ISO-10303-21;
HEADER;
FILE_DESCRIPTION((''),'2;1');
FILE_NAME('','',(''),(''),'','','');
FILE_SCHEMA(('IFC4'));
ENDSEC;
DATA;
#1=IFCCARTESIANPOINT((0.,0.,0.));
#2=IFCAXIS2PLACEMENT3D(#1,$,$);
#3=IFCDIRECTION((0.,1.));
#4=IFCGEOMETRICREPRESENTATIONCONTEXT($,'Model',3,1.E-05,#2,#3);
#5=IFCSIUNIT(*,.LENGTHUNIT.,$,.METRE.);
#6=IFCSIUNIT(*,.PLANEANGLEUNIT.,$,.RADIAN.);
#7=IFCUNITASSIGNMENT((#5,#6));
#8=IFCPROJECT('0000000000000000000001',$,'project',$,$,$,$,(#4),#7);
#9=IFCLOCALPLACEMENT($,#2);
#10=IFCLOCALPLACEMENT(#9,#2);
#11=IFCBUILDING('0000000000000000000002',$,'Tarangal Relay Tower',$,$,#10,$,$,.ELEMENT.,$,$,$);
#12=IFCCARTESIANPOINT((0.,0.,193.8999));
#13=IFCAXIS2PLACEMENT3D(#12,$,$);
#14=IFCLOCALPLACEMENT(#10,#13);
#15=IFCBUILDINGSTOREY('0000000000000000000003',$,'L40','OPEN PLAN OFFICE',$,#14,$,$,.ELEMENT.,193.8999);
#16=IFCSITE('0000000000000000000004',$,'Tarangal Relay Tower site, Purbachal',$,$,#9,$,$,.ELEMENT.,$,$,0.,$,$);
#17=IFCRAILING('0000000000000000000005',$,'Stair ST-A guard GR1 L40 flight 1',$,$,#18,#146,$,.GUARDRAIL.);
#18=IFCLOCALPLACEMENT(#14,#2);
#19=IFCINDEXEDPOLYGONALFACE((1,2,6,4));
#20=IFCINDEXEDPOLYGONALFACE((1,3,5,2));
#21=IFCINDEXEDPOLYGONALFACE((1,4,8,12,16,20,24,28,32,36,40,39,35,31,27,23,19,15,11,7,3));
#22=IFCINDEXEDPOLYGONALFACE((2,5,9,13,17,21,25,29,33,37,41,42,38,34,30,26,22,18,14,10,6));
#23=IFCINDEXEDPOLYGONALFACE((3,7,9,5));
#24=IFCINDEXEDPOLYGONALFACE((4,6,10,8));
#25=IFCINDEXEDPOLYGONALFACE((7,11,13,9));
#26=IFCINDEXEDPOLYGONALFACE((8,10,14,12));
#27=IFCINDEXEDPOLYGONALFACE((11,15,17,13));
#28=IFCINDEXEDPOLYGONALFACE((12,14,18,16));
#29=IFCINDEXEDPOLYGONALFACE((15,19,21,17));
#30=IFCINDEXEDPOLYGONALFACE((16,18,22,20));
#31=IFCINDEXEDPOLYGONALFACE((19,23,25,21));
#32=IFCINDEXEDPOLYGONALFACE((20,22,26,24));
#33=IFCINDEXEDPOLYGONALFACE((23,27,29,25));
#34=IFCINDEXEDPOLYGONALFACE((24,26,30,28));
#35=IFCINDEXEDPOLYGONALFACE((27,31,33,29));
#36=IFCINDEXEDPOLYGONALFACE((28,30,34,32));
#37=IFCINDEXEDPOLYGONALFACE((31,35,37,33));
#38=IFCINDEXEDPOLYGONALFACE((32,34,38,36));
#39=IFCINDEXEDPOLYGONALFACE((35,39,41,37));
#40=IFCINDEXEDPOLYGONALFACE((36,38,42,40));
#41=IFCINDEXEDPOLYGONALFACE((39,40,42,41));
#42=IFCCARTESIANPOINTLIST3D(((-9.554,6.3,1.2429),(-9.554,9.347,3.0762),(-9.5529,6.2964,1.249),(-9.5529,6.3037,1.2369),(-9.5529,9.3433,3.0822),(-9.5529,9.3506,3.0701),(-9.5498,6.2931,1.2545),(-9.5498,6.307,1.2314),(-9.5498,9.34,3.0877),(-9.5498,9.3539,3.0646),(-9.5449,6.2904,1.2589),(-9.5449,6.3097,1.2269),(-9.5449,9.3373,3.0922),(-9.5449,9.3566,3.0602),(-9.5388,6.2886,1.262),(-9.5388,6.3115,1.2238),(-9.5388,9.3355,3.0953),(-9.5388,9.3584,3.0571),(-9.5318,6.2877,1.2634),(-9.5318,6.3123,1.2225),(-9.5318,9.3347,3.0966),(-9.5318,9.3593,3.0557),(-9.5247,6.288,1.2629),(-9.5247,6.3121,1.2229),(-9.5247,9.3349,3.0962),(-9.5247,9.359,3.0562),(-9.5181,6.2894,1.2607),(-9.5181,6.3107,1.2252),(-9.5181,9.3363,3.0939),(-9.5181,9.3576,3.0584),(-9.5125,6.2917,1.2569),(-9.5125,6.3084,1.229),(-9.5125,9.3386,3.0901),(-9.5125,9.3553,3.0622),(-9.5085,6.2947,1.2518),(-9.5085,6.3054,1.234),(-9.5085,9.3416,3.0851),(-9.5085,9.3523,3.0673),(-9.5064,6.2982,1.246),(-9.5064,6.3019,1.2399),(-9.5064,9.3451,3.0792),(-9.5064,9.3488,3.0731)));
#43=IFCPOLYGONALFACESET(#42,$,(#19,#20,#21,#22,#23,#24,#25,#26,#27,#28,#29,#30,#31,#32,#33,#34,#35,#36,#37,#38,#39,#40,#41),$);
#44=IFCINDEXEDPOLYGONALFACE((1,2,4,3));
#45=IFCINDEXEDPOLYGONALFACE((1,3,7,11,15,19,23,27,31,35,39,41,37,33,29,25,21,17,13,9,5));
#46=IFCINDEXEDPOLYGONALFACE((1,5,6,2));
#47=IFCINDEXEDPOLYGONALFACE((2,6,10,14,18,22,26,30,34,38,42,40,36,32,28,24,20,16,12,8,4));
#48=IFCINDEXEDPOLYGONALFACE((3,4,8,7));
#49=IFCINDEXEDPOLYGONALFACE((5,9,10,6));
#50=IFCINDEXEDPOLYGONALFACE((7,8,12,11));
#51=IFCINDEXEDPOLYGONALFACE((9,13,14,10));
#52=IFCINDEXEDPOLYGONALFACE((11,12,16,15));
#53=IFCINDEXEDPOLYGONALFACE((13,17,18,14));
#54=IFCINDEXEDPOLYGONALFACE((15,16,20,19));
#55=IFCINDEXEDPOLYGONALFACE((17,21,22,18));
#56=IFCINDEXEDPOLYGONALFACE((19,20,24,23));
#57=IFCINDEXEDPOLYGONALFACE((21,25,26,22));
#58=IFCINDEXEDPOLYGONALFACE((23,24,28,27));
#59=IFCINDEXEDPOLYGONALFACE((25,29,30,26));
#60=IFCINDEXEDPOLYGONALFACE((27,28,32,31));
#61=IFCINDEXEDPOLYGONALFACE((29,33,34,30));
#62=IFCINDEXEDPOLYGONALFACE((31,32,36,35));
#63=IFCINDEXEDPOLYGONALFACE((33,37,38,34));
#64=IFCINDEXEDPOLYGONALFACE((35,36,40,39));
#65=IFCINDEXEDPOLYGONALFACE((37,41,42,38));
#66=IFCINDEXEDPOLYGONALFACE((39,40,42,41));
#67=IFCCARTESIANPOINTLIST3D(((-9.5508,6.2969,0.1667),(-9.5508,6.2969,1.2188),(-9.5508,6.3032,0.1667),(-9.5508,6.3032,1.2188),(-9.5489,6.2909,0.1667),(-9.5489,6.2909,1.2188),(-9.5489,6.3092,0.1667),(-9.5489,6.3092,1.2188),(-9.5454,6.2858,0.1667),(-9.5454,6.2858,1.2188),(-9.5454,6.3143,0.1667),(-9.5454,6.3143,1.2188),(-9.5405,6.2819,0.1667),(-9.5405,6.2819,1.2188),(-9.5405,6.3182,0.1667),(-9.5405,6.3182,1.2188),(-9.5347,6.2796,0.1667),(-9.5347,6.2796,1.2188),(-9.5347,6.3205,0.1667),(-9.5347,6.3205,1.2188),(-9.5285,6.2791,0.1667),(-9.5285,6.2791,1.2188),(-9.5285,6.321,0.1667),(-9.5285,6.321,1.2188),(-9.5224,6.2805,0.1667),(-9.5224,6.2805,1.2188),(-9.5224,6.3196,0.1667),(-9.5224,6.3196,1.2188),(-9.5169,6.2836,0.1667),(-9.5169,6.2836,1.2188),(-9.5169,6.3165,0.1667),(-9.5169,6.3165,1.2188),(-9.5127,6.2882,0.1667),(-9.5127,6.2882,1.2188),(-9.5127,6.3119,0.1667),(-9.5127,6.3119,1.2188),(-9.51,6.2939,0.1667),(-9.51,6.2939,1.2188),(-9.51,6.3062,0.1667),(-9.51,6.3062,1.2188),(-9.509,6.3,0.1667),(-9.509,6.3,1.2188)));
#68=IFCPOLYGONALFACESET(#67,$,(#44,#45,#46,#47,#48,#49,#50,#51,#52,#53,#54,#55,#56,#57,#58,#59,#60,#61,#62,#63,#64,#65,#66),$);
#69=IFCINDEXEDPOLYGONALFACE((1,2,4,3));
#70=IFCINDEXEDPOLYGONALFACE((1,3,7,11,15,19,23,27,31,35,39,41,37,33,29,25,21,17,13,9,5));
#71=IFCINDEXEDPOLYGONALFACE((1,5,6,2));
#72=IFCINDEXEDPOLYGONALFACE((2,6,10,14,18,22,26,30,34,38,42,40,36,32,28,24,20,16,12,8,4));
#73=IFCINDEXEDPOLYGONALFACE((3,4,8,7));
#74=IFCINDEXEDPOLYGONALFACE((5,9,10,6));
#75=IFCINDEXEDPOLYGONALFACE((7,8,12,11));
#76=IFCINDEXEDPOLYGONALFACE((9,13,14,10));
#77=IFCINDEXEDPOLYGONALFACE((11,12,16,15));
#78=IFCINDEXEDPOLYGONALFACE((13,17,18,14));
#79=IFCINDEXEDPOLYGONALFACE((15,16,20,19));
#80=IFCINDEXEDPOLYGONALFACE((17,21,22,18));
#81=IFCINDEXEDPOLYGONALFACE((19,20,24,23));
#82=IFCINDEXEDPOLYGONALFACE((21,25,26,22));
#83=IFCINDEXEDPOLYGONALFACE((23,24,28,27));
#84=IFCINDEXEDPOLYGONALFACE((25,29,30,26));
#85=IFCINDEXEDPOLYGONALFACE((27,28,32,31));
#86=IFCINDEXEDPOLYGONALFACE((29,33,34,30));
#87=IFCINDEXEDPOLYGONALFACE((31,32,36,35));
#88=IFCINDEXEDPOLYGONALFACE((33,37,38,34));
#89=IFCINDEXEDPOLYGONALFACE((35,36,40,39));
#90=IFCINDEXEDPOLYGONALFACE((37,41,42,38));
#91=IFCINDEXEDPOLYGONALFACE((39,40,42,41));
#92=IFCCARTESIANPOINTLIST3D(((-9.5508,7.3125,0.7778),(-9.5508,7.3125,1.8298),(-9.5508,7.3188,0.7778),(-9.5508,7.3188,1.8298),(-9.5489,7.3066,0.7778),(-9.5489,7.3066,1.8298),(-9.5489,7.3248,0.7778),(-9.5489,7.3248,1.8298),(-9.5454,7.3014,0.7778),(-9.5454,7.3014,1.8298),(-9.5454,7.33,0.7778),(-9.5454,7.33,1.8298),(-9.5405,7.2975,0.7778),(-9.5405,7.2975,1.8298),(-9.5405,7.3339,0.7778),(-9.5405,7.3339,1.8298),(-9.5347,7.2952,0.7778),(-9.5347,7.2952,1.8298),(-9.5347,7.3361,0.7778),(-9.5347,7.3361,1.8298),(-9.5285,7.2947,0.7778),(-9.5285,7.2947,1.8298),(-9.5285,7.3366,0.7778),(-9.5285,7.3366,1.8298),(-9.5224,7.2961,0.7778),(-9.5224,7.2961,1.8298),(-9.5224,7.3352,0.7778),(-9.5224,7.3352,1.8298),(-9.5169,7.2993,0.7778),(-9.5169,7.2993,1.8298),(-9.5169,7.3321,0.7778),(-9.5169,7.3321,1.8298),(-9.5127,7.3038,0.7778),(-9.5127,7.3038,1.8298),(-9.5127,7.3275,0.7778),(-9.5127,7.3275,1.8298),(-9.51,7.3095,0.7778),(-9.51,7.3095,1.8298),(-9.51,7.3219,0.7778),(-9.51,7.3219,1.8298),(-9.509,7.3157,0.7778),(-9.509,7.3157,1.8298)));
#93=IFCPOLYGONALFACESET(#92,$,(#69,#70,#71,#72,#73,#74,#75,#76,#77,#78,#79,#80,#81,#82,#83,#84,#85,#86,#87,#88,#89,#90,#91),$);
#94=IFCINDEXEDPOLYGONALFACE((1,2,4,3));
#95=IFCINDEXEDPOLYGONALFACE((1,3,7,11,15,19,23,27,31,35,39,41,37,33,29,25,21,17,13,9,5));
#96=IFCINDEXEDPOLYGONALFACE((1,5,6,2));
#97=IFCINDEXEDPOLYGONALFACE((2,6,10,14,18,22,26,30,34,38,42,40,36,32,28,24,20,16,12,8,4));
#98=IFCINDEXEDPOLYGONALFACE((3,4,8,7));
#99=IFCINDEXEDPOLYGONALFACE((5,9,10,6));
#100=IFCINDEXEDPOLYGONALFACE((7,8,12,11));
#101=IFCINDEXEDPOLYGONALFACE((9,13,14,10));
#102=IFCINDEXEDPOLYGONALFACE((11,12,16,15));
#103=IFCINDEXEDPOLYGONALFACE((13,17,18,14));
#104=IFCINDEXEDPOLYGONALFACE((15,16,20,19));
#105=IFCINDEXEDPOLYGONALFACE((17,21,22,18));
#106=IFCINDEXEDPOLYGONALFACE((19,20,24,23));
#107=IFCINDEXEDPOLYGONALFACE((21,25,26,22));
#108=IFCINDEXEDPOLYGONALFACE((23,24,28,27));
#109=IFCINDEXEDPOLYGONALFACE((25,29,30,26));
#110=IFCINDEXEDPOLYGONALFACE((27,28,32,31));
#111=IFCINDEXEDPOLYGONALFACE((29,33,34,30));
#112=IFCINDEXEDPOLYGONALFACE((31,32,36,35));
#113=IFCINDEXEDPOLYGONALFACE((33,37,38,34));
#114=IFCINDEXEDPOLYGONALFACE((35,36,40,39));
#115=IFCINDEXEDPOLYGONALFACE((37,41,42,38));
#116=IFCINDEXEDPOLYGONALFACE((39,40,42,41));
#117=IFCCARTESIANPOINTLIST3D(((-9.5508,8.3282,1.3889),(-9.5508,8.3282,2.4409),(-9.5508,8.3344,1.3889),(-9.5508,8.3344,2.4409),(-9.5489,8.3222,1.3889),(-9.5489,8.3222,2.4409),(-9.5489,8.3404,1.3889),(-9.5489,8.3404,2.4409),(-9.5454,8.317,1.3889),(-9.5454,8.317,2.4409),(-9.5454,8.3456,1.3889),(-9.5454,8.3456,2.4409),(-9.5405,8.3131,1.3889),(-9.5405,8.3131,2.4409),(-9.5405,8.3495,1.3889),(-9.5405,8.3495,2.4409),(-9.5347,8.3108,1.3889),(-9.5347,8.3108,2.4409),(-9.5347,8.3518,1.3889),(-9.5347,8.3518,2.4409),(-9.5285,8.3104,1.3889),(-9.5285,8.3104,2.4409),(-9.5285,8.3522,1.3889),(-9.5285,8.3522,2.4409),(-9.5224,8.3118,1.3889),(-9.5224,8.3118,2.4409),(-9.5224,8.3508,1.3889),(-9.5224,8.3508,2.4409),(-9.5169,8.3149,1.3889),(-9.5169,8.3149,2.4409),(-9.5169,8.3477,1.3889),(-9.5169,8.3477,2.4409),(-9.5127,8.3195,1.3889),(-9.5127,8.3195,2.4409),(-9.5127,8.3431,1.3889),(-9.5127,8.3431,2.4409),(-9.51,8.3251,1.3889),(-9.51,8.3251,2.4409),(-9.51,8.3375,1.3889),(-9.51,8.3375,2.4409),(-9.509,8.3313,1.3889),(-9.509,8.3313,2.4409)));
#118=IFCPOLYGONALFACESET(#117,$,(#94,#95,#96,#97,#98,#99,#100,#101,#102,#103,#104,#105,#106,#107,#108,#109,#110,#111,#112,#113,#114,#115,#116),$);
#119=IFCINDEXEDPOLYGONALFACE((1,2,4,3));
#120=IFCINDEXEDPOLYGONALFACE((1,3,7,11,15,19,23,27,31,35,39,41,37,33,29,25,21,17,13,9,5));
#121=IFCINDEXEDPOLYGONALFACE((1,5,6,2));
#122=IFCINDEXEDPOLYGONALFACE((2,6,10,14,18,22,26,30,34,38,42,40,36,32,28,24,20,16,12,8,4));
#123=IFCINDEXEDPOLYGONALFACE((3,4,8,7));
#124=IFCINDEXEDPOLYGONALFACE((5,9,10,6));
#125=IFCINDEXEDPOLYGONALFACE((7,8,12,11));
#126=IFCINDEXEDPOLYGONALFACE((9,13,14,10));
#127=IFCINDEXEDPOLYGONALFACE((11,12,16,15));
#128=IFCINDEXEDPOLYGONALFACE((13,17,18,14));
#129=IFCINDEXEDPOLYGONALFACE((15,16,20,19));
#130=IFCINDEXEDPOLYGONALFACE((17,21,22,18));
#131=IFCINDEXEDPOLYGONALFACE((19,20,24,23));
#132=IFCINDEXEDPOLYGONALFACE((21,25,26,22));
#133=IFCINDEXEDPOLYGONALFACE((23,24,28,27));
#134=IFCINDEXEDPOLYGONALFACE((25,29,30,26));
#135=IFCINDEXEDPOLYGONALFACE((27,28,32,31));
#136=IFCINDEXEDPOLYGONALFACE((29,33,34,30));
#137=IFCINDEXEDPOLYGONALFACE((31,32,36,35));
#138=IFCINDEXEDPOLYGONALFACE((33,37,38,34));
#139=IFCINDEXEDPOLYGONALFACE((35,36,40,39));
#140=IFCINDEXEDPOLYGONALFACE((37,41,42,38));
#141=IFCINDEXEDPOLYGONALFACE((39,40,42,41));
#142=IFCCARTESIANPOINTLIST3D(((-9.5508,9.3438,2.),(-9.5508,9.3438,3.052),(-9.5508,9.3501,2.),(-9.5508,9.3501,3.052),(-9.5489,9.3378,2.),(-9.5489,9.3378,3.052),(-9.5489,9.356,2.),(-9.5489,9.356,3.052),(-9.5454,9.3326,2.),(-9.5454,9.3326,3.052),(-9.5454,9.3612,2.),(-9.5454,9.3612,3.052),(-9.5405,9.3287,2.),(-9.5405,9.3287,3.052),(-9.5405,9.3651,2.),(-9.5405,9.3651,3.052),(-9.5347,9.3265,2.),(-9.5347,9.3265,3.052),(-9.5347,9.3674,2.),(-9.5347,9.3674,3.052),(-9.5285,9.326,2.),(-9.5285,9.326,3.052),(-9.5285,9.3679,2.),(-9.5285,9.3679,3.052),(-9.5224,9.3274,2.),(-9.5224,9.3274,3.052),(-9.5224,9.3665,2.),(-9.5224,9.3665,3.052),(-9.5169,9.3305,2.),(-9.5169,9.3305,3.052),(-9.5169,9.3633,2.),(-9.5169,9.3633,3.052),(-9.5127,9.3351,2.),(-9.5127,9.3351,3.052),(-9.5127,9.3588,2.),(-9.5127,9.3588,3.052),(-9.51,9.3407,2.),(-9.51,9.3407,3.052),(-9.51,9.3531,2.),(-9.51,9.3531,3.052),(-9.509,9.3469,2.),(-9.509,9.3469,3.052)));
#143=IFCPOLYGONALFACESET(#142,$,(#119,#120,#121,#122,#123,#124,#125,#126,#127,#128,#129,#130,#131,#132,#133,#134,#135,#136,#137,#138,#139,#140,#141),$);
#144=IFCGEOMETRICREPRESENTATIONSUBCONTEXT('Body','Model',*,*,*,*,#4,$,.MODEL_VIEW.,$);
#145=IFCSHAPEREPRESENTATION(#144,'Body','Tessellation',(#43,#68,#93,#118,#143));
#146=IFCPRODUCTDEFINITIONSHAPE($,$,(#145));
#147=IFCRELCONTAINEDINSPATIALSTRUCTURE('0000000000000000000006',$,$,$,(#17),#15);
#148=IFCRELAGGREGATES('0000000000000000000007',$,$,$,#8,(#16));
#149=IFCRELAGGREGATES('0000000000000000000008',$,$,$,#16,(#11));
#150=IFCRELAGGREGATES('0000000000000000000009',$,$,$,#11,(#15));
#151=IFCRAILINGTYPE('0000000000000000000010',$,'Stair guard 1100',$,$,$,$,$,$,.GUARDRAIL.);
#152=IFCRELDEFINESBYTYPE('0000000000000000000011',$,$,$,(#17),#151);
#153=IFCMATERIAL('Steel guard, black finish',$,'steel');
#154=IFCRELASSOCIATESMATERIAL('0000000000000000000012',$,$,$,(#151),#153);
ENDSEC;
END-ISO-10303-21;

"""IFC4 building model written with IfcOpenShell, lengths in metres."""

from ifc_helpers import new_model, si_unit, direction, frame, origin, origin_2d, place, context, subcontext, project, spatial, circle, extrude, material, type_object, element, save


model = new_model("IFC4")

# Units and contexts
model_context = context("Model", 3, precision=1e-05, world=origin(), true_north=direction((0.0, 1.0)))
body_context = subcontext(model_context, "Body", "Model", "MODEL_VIEW")
ifc_project = project(units=[si_unit("LENGTHUNIT", "METRE"), si_unit("PLANEANGLEUNIT", "RADIAN")], contexts=[model_context])

# Site, building, storey
site_placement = place(None, origin())
site = spatial("IfcSite", under=ifc_project, at=site_placement, Name="Tarangal Relay Tower site, Purbachal", CompositionType="ELEMENT", RefElevation=0.0)
building_placement = place(site_placement, origin())
building = spatial("IfcBuilding", under=site, at=building_placement, Name="Tarangal Relay Tower", CompositionType="ELEMENT")
storey_placement = place(building_placement, frame((0.0, 0.0, 193.8999)))
storey = spatial("IfcBuildingStorey", under=building, at=storey_placement, Name="L40", Description="OPEN PLAN OFFICE", CompositionType="ELEMENT", Elevation=193.8999)

# Railing
ifc_material_1 = material(Name="Steel guard, black finish", Category="steel")
railing_type_1 = type_object("IfcRailingType", Name="Stair guard 1100", PredefinedType="GUARDRAIL", material=ifc_material_1)
railing_1_placement = place(storey_placement, frame((-9.53, 6.3, 0.1667)))
element("IfcRailing", 1, at=railing_1_placement, inside=storey, type_object=railing_type_1, Name="Stair ST-A guard GR1 L40 flight 1", PredefinedType="GUARDRAIL", context=body_context, shape_type="SweptSolid", body=[
    extrude(circle(Radius=0.0239, at=origin_2d()), frame((0.0, 0.0, 1.0762), z_axis=(0.0, 0.856856, 0.515556), x_axis=(-1.0, 0.0, 0.0)), (0.0, 0.0, 1.0), 3.5559),
    extrude(circle(Radius=0.021, at=origin_2d()), origin(), (0.0, 0.0, 1.0), 1.052),
    extrude(circle(Radius=0.021, at=origin_2d()), frame((0.0, 1.0156, 0.6111)), (0.0, 0.0, 1.0), 1.052),
    extrude(circle(Radius=0.021, at=origin_2d()), frame((0.0, 2.0312, 1.2222)), (0.0, 0.0, 1.0), 1.052),
    extrude(circle(Radius=0.021, at=origin_2d()), frame((0.0, 3.0469, 1.8333)), (0.0, 0.0, 1.0), 1.052),
])

save(model, "model.ifc")
